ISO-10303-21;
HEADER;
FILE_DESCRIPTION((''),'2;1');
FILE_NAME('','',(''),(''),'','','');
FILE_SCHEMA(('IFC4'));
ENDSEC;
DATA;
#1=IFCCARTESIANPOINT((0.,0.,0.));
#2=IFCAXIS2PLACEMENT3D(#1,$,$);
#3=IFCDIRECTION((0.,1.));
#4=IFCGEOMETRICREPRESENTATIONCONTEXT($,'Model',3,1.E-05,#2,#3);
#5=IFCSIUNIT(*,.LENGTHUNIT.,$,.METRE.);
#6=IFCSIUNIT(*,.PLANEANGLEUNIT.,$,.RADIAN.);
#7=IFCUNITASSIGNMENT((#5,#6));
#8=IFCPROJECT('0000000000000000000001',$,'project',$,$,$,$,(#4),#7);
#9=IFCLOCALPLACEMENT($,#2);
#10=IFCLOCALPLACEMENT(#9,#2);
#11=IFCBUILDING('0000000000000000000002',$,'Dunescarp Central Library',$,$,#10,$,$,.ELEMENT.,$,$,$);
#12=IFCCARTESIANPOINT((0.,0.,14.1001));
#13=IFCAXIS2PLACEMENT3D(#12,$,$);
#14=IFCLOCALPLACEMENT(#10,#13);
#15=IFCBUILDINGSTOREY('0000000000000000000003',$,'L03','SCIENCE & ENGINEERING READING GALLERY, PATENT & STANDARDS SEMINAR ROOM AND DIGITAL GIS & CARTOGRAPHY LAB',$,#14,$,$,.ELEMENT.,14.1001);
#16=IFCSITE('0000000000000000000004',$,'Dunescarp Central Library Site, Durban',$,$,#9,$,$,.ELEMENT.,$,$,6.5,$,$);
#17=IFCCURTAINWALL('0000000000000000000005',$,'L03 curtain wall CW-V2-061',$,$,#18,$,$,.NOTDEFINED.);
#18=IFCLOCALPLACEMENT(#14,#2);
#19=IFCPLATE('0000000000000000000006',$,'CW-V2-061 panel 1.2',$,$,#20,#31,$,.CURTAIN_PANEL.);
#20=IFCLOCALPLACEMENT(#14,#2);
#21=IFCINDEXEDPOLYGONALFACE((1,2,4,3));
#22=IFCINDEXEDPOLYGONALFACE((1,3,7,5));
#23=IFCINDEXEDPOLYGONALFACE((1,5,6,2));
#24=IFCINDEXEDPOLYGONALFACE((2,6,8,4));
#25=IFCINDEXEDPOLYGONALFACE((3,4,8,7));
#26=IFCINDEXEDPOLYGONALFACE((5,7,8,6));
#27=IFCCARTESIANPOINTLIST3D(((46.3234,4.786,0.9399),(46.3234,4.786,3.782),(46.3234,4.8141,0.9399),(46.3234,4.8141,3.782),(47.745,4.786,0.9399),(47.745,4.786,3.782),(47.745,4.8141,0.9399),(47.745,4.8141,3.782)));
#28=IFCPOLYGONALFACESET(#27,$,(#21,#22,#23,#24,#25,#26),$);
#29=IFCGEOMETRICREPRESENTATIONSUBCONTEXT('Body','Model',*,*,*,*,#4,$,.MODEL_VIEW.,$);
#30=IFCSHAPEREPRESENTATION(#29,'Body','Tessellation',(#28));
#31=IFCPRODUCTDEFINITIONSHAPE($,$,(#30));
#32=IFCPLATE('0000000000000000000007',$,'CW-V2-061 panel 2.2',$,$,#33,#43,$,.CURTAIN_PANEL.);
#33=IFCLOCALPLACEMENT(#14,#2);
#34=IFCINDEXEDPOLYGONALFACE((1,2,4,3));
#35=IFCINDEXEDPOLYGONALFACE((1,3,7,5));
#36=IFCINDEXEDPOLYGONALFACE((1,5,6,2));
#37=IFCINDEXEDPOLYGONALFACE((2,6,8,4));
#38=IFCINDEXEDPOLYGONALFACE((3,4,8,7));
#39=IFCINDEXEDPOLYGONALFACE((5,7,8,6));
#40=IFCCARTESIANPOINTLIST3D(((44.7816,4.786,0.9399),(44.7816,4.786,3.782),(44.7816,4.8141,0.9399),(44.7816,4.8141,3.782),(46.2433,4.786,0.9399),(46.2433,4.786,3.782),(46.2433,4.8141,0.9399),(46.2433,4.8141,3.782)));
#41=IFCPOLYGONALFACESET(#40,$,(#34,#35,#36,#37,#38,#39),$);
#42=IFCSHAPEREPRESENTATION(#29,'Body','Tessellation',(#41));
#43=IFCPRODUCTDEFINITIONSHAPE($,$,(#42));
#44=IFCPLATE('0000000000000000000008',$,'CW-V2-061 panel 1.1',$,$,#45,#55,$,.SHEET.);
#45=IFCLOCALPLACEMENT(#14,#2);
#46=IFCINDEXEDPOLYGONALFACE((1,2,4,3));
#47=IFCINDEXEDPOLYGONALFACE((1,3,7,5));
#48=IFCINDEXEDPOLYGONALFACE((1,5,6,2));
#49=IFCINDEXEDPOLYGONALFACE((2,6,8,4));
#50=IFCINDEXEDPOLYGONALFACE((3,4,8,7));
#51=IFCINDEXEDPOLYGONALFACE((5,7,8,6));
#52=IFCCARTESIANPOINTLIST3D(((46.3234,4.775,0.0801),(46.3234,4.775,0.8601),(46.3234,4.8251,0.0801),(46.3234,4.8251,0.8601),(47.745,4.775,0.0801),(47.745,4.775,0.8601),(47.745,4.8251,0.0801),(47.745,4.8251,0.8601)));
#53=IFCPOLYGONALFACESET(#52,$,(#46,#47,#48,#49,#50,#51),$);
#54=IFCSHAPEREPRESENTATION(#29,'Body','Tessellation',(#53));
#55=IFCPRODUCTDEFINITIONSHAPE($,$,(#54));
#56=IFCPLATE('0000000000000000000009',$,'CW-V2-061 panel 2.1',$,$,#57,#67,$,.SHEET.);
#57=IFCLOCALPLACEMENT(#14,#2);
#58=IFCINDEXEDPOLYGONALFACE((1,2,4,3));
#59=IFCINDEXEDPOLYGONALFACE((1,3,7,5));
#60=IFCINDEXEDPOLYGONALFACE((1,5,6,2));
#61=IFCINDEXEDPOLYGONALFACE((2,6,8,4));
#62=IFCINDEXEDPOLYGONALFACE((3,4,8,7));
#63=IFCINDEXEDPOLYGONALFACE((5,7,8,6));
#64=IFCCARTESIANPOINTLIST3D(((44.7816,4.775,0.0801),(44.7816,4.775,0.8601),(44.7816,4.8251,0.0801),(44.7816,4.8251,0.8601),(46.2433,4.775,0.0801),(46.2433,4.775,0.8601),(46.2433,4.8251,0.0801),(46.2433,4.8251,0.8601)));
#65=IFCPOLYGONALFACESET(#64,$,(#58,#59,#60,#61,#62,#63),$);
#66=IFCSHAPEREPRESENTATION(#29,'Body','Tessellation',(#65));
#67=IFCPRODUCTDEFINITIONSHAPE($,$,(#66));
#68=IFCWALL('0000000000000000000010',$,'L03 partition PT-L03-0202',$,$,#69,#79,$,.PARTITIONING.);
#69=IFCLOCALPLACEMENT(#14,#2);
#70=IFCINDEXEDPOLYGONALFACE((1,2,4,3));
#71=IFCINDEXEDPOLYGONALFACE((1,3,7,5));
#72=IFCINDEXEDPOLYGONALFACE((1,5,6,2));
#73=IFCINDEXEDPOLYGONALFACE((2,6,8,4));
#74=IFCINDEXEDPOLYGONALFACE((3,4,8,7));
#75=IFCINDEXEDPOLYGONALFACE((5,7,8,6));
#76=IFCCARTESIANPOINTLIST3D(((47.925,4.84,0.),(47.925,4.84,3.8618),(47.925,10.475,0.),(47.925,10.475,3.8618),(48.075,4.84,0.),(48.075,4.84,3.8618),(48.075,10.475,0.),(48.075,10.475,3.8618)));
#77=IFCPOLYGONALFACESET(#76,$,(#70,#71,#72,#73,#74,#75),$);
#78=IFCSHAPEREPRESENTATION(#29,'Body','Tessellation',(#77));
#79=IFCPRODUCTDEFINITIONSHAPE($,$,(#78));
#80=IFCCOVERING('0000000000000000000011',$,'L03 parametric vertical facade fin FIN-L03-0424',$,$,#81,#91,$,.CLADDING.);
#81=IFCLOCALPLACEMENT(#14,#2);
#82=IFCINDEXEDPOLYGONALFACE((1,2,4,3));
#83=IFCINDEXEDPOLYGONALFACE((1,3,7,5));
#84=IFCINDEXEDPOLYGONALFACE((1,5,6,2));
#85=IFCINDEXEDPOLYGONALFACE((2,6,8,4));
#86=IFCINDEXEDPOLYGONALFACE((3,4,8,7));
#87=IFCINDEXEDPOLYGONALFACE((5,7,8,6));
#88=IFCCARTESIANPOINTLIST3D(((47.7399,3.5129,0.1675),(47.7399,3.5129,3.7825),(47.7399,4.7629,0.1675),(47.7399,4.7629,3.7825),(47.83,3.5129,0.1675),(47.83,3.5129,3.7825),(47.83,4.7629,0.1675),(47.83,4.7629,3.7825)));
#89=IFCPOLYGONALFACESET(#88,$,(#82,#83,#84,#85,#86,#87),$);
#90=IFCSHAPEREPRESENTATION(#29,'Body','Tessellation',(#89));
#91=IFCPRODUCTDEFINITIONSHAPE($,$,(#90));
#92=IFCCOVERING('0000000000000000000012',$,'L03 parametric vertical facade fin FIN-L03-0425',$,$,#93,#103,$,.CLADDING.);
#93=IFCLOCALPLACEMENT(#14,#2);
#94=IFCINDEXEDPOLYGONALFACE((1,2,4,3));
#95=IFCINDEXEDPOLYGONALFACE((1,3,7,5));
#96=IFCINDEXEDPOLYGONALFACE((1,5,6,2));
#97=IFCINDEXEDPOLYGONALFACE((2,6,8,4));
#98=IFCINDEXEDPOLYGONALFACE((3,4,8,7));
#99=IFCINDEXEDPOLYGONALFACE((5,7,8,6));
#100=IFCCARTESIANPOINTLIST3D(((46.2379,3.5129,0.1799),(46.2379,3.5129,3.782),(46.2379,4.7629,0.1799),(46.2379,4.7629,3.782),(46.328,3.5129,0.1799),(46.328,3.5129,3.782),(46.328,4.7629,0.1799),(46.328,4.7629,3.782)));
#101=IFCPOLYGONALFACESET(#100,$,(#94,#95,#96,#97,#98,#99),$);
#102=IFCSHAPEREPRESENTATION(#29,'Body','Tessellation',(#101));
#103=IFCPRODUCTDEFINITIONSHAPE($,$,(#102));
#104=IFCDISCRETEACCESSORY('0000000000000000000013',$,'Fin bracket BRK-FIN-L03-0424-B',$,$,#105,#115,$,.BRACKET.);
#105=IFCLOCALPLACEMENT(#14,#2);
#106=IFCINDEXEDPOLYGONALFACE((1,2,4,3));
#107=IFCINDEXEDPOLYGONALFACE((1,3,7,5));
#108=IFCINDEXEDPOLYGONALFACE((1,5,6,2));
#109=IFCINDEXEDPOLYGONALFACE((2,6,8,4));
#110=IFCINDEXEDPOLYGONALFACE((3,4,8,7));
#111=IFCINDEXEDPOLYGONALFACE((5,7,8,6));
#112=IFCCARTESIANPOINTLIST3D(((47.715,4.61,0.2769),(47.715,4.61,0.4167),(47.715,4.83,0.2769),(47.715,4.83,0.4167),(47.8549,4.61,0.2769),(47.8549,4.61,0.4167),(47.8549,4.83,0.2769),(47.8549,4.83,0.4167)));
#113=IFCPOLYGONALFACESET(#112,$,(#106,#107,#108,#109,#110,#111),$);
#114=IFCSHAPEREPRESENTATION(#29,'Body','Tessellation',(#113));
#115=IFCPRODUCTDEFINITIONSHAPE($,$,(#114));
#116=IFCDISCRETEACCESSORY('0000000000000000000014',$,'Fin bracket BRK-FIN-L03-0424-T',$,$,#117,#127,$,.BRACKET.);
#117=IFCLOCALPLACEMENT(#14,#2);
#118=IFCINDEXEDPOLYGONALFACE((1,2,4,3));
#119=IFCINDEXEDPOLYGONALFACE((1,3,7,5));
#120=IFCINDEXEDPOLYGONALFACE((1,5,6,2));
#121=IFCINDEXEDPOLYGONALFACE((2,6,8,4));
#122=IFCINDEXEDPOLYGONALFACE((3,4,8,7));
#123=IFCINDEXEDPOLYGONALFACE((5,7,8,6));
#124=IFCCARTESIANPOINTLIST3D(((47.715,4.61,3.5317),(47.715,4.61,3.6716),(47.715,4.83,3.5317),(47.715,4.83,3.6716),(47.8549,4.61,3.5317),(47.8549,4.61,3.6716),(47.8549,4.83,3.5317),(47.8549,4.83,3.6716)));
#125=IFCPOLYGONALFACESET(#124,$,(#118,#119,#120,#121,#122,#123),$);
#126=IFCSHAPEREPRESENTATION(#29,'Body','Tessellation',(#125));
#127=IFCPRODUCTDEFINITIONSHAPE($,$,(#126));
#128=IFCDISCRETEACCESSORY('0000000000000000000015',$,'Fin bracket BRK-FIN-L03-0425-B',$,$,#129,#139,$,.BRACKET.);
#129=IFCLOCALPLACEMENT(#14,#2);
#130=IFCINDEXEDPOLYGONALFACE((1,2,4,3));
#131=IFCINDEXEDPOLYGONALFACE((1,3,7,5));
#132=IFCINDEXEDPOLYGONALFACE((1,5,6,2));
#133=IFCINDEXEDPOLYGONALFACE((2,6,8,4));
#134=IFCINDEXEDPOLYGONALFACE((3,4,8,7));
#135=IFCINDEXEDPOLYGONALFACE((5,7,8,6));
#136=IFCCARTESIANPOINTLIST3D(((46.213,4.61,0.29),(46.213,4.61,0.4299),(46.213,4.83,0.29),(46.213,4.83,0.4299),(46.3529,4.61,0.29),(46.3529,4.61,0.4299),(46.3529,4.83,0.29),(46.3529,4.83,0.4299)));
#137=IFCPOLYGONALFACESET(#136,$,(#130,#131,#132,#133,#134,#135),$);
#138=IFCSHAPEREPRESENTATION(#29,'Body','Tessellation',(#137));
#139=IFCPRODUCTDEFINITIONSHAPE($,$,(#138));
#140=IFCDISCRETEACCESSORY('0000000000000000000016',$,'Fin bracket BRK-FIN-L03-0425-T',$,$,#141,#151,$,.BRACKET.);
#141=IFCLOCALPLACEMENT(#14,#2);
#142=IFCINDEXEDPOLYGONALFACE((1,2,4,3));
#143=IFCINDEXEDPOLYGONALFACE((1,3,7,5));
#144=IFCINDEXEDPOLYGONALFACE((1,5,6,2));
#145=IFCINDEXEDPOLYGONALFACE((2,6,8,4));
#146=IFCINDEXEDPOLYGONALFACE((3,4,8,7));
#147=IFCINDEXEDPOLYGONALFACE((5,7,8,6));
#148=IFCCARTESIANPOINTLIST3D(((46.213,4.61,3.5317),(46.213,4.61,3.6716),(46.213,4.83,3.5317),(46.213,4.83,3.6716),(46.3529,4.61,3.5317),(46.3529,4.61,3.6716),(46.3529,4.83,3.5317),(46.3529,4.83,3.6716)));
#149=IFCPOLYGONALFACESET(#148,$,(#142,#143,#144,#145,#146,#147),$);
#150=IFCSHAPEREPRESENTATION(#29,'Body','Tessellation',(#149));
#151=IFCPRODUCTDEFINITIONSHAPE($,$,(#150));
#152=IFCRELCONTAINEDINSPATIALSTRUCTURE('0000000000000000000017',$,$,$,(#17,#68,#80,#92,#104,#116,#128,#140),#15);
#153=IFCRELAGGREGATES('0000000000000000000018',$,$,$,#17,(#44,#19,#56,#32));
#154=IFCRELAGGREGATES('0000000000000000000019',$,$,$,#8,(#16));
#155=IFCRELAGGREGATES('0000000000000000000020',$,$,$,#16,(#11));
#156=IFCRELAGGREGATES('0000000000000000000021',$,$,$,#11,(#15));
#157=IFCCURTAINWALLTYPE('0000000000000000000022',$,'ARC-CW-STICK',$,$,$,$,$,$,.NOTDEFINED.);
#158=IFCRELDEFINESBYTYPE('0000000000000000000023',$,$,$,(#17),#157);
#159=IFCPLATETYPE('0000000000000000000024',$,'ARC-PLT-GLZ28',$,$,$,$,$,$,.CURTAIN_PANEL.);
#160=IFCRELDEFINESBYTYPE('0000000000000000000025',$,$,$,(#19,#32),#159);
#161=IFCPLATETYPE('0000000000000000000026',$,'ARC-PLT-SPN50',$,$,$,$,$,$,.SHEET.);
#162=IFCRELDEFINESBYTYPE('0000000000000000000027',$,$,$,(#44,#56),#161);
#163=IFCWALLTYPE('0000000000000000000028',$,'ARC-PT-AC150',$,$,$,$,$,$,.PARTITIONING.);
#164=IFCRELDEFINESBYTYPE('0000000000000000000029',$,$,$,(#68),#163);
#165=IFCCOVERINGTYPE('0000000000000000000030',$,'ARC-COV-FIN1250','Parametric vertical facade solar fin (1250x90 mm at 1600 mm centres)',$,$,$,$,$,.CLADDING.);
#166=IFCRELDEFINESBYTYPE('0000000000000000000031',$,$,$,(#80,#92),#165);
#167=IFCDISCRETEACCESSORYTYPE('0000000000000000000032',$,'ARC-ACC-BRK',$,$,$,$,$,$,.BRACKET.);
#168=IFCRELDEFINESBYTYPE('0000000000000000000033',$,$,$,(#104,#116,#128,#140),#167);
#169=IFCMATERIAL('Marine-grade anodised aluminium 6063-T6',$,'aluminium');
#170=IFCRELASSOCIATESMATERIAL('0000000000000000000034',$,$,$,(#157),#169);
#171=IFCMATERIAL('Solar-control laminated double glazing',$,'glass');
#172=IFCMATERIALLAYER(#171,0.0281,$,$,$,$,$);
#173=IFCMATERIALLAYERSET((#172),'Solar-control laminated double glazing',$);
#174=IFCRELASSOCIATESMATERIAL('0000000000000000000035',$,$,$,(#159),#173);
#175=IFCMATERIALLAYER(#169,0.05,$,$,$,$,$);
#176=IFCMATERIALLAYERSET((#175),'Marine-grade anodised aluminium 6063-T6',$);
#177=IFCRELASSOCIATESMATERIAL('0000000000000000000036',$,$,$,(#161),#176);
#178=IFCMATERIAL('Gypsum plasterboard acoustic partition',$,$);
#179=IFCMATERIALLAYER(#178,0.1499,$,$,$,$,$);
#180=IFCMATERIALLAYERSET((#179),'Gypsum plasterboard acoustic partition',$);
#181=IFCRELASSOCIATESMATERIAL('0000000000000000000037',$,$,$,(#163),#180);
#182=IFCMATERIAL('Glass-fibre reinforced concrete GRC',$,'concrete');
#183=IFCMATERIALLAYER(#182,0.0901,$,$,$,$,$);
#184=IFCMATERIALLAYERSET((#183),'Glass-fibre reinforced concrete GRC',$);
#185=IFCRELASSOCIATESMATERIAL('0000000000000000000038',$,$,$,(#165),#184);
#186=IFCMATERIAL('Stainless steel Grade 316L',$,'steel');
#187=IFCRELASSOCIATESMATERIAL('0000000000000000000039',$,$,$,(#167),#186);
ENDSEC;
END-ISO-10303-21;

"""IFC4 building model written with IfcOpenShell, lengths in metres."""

from ifc_helpers import new_model, si_unit, direction, frame, frame_2d, origin, origin_2d, place, context, subcontext, project, spatial, rectangle, extrude, material, layer, layer_set, type_object, element, aggregate, save


model = new_model("IFC4")

# Units and contexts
model_context = context("Model", 3, precision=1e-05, world=origin(), true_north=direction((0.0, 1.0)))
body_context = subcontext(model_context, "Body", "Model", "MODEL_VIEW")
ifc_project = project(units=[si_unit("LENGTHUNIT", "METRE"), si_unit("PLANEANGLEUNIT", "RADIAN")], contexts=[model_context])

# Site, building, storey
site_placement = place(None, origin())
site = spatial("IfcSite", under=ifc_project, at=site_placement, Name="Dunescarp Central Library Site, Durban", CompositionType="ELEMENT", RefElevation=6.5)
building_placement = place(site_placement, origin())
building = spatial("IfcBuilding", under=site, at=building_placement, Name="Dunescarp Central Library", CompositionType="ELEMENT")
storey_placement = place(building_placement, frame((0.0, 0.0, 14.1001)))
storey = spatial("IfcBuildingStorey", under=building, at=storey_placement, Name="L03", Description="SCIENCE & ENGINEERING READING GALLERY, PATENT & STANDARDS SEMINAR ROOM AND DIGITAL GIS & CARTOGRAPHY LAB", CompositionType="ELEMENT", Elevation=14.1001)

# Curtain wall
ifc_material_1 = material(Name="Marine-grade anodised aluminium 6063-T6", Category="aluminium")
curtain_wall_type = type_object("IfcCurtainWallType", Name="ARC-CW-STICK", PredefinedType="NOTDEFINED", material=ifc_material_1)
curtain_wall_placement = place(storey_placement, origin())
curtain_wall = element("IfcCurtainWall", 1, at=curtain_wall_placement, inside=storey, type_object=curtain_wall_type, Name="L03 curtain wall CW-V2-061", PredefinedType="NOTDEFINED")

# Plates
ifc_material_2 = material(Name="Solar-control laminated double glazing", Category="glass")
ifc_layer_1 = layer(ifc_material_2, 0.0281)
ifc_layer_set_1 = layer_set([ifc_layer_1], Name="Solar-control laminated double glazing")
plate_type_1 = type_object("IfcPlateType", Name="ARC-PLT-GLZ28", PredefinedType="CURTAIN_PANEL", material=ifc_layer_set_1)
plate_1_placement = place(storey_placement, frame((47.0342, 4.8, 0.9399), z_axis=(0.0, 0.0, 1.0), x_axis=(-1.0, 0.0, 0.0)))
plate_1 = element("IfcPlate", 2, at=plate_1_placement, type_object=plate_type_1, Name="CW-V2-061 panel 1.2", PredefinedType="CURTAIN_PANEL", context=body_context, shape_type="SweptSolid", body=[
    extrude(rectangle(XDim=1.4216, YDim=0.0281, at=origin_2d()), origin(), (0.0, 0.0, 1.0), 2.842),
])
plate_2_placement = place(storey_placement, frame((45.5125, 4.8, 0.9399), z_axis=(0.0, 0.0, 1.0), x_axis=(-1.0, 0.0, 0.0)))
plate_2 = element("IfcPlate", 3, at=plate_2_placement, type_object=plate_type_1, Name="CW-V2-061 panel 2.2", PredefinedType="CURTAIN_PANEL", context=body_context, shape_type="SweptSolid", body=[
    extrude(rectangle(XDim=1.4617, YDim=0.0281, at=origin_2d()), origin(), (0.0, 0.0, 1.0), 2.842),
])
ifc_layer_2 = layer(ifc_material_1, 0.05)
ifc_layer_set_2 = layer_set([ifc_layer_2], Name="Marine-grade anodised aluminium 6063-T6")
plate_type_2 = type_object("IfcPlateType", Name="ARC-PLT-SPN50", PredefinedType="SHEET", material=ifc_layer_set_2)
plate_3_placement = place(storey_placement, frame((47.0342, 4.8, 0.0801), z_axis=(0.0, 0.0, 1.0), x_axis=(-1.0, 0.0, 0.0)))
plate_3 = element("IfcPlate", 4, at=plate_3_placement, type_object=plate_type_2, Name="CW-V2-061 panel 1.1", PredefinedType="SHEET", context=body_context, shape_type="SweptSolid", body=[
    extrude(rectangle(XDim=1.4216, YDim=0.05, at=origin_2d()), origin(), (0.0, 0.0, 1.0), 0.78),
])
plate_4_placement = place(storey_placement, frame((45.5125, 4.8, 0.0801), z_axis=(0.0, 0.0, 1.0), x_axis=(-1.0, 0.0, 0.0)))
plate_4 = element("IfcPlate", 5, at=plate_4_placement, type_object=plate_type_2, Name="CW-V2-061 panel 2.1", PredefinedType="SHEET", context=body_context, shape_type="SweptSolid", body=[
    extrude(rectangle(XDim=1.4617, YDim=0.05, at=origin_2d()), origin(), (0.0, 0.0, 1.0), 0.78),
])
aggregate(curtain_wall, [plate_3, plate_1, plate_4, plate_2])

# Wall
ifc_material_3 = material(Name="Gypsum plasterboard acoustic partition")
ifc_layer_3 = layer(ifc_material_3, 0.1499)
ifc_layer_set_3 = layer_set([ifc_layer_3], Name="Gypsum plasterboard acoustic partition")
wall_type = type_object("IfcWallType", Name="ARC-PT-AC150", PredefinedType="PARTITIONING", material=ifc_layer_set_3)
wall_placement = place(storey_placement, frame((48.0, 4.8401, 0.0), z_axis=(0.0, 0.0, 1.0), x_axis=(0.0, 1.0, 0.0)))
element("IfcWall", 6, at=wall_placement, inside=storey, type_object=wall_type, Name="L03 partition PT-L03-0202", PredefinedType="PARTITIONING", context=body_context, shape_type="SweptSolid", body=[
    extrude(rectangle(XDim=5.635, YDim=0.1499, at=frame_2d((2.8174, 0.0))), origin(), (0.0, 0.0, 1.0), 3.8618),
])

# Coverings
ifc_material_4 = material(Name="Glass-fibre reinforced concrete GRC", Category="concrete")
ifc_layer_4 = layer(ifc_material_4, 0.0901)
ifc_layer_set_4 = layer_set([ifc_layer_4], Name="Glass-fibre reinforced concrete GRC")
covering_type = type_object("IfcCoveringType", Name="ARC-COV-FIN1250", Description="Parametric vertical facade solar fin (1250x90 mm at 1600 mm centres)", PredefinedType="CLADDING", material=ifc_layer_set_4)
covering_1_placement = place(storey_placement, frame((47.7849, 4.1379, 0.1675), z_axis=(0.0, 0.0, 1.0), x_axis=(0.0, -1.0, 0.0)))
element("IfcCovering", 7, at=covering_1_placement, inside=storey, type_object=covering_type, Name="L03 parametric vertical facade fin FIN-L03-0424", PredefinedType="CLADDING", context=body_context, shape_type="SweptSolid", body=[
    extrude(rectangle(XDim=1.25, YDim=0.0901, at=origin_2d()), origin(), (0.0, 0.0, 1.0), 3.615),
])
covering_2_placement = place(storey_placement, frame((46.283, 4.1379, 0.1799), z_axis=(0.0, 0.0, 1.0), x_axis=(0.0, -1.0, 0.0)))
element("IfcCovering", 8, at=covering_2_placement, inside=storey, type_object=covering_type, Name="L03 parametric vertical facade fin FIN-L03-0425", PredefinedType="CLADDING", context=body_context, shape_type="SweptSolid", body=[
    extrude(rectangle(XDim=1.25, YDim=0.0901, at=origin_2d()), origin(), (0.0, 0.0, 1.0), 3.6021),
])

# Discrete accessories
ifc_material_5 = material(Name="Stainless steel Grade 316L", Category="steel")
discrete_accessory_type = type_object("IfcDiscreteAccessoryType", Name="ARC-ACC-BRK", PredefinedType="BRACKET", material=ifc_material_5)
for number, where, z_axis, x_axis, name in (
    (9, (47.7849, 4.72, 0.2769), (0.0, 0.0, 1.0), (0.0, -1.0, 0.0), "Fin bracket BRK-FIN-L03-0424-B"),
    (10, (47.7849, 4.72, 3.5317), (0.0, 0.0, 1.0), (0.0, -1.0, 0.0), "Fin bracket BRK-FIN-L03-0424-T"),
    (11, (46.283, 4.72, 0.29), (0.0, 0.0, 1.0), (0.0, -1.0, 0.0), "Fin bracket BRK-FIN-L03-0425-B"),
    (12, (46.283, 4.72, 3.5317), (0.0, 0.0, 1.0), (0.0, -1.0, 0.0), "Fin bracket BRK-FIN-L03-0425-T"),
):
    element("IfcDiscreteAccessory", number, at=place(storey_placement, frame(where, z_axis=z_axis, x_axis=x_axis)), inside=storey, type_object=discrete_accessory_type, Name=name, PredefinedType="BRACKET", context=body_context, shape_type="SweptSolid", body=[
        extrude(rectangle(XDim=0.22, YDim=0.1399, at=origin_2d()), origin(), (0.0, 0.0, 1.0), 0.1399),
    ])

save(model, "model.ifc")
